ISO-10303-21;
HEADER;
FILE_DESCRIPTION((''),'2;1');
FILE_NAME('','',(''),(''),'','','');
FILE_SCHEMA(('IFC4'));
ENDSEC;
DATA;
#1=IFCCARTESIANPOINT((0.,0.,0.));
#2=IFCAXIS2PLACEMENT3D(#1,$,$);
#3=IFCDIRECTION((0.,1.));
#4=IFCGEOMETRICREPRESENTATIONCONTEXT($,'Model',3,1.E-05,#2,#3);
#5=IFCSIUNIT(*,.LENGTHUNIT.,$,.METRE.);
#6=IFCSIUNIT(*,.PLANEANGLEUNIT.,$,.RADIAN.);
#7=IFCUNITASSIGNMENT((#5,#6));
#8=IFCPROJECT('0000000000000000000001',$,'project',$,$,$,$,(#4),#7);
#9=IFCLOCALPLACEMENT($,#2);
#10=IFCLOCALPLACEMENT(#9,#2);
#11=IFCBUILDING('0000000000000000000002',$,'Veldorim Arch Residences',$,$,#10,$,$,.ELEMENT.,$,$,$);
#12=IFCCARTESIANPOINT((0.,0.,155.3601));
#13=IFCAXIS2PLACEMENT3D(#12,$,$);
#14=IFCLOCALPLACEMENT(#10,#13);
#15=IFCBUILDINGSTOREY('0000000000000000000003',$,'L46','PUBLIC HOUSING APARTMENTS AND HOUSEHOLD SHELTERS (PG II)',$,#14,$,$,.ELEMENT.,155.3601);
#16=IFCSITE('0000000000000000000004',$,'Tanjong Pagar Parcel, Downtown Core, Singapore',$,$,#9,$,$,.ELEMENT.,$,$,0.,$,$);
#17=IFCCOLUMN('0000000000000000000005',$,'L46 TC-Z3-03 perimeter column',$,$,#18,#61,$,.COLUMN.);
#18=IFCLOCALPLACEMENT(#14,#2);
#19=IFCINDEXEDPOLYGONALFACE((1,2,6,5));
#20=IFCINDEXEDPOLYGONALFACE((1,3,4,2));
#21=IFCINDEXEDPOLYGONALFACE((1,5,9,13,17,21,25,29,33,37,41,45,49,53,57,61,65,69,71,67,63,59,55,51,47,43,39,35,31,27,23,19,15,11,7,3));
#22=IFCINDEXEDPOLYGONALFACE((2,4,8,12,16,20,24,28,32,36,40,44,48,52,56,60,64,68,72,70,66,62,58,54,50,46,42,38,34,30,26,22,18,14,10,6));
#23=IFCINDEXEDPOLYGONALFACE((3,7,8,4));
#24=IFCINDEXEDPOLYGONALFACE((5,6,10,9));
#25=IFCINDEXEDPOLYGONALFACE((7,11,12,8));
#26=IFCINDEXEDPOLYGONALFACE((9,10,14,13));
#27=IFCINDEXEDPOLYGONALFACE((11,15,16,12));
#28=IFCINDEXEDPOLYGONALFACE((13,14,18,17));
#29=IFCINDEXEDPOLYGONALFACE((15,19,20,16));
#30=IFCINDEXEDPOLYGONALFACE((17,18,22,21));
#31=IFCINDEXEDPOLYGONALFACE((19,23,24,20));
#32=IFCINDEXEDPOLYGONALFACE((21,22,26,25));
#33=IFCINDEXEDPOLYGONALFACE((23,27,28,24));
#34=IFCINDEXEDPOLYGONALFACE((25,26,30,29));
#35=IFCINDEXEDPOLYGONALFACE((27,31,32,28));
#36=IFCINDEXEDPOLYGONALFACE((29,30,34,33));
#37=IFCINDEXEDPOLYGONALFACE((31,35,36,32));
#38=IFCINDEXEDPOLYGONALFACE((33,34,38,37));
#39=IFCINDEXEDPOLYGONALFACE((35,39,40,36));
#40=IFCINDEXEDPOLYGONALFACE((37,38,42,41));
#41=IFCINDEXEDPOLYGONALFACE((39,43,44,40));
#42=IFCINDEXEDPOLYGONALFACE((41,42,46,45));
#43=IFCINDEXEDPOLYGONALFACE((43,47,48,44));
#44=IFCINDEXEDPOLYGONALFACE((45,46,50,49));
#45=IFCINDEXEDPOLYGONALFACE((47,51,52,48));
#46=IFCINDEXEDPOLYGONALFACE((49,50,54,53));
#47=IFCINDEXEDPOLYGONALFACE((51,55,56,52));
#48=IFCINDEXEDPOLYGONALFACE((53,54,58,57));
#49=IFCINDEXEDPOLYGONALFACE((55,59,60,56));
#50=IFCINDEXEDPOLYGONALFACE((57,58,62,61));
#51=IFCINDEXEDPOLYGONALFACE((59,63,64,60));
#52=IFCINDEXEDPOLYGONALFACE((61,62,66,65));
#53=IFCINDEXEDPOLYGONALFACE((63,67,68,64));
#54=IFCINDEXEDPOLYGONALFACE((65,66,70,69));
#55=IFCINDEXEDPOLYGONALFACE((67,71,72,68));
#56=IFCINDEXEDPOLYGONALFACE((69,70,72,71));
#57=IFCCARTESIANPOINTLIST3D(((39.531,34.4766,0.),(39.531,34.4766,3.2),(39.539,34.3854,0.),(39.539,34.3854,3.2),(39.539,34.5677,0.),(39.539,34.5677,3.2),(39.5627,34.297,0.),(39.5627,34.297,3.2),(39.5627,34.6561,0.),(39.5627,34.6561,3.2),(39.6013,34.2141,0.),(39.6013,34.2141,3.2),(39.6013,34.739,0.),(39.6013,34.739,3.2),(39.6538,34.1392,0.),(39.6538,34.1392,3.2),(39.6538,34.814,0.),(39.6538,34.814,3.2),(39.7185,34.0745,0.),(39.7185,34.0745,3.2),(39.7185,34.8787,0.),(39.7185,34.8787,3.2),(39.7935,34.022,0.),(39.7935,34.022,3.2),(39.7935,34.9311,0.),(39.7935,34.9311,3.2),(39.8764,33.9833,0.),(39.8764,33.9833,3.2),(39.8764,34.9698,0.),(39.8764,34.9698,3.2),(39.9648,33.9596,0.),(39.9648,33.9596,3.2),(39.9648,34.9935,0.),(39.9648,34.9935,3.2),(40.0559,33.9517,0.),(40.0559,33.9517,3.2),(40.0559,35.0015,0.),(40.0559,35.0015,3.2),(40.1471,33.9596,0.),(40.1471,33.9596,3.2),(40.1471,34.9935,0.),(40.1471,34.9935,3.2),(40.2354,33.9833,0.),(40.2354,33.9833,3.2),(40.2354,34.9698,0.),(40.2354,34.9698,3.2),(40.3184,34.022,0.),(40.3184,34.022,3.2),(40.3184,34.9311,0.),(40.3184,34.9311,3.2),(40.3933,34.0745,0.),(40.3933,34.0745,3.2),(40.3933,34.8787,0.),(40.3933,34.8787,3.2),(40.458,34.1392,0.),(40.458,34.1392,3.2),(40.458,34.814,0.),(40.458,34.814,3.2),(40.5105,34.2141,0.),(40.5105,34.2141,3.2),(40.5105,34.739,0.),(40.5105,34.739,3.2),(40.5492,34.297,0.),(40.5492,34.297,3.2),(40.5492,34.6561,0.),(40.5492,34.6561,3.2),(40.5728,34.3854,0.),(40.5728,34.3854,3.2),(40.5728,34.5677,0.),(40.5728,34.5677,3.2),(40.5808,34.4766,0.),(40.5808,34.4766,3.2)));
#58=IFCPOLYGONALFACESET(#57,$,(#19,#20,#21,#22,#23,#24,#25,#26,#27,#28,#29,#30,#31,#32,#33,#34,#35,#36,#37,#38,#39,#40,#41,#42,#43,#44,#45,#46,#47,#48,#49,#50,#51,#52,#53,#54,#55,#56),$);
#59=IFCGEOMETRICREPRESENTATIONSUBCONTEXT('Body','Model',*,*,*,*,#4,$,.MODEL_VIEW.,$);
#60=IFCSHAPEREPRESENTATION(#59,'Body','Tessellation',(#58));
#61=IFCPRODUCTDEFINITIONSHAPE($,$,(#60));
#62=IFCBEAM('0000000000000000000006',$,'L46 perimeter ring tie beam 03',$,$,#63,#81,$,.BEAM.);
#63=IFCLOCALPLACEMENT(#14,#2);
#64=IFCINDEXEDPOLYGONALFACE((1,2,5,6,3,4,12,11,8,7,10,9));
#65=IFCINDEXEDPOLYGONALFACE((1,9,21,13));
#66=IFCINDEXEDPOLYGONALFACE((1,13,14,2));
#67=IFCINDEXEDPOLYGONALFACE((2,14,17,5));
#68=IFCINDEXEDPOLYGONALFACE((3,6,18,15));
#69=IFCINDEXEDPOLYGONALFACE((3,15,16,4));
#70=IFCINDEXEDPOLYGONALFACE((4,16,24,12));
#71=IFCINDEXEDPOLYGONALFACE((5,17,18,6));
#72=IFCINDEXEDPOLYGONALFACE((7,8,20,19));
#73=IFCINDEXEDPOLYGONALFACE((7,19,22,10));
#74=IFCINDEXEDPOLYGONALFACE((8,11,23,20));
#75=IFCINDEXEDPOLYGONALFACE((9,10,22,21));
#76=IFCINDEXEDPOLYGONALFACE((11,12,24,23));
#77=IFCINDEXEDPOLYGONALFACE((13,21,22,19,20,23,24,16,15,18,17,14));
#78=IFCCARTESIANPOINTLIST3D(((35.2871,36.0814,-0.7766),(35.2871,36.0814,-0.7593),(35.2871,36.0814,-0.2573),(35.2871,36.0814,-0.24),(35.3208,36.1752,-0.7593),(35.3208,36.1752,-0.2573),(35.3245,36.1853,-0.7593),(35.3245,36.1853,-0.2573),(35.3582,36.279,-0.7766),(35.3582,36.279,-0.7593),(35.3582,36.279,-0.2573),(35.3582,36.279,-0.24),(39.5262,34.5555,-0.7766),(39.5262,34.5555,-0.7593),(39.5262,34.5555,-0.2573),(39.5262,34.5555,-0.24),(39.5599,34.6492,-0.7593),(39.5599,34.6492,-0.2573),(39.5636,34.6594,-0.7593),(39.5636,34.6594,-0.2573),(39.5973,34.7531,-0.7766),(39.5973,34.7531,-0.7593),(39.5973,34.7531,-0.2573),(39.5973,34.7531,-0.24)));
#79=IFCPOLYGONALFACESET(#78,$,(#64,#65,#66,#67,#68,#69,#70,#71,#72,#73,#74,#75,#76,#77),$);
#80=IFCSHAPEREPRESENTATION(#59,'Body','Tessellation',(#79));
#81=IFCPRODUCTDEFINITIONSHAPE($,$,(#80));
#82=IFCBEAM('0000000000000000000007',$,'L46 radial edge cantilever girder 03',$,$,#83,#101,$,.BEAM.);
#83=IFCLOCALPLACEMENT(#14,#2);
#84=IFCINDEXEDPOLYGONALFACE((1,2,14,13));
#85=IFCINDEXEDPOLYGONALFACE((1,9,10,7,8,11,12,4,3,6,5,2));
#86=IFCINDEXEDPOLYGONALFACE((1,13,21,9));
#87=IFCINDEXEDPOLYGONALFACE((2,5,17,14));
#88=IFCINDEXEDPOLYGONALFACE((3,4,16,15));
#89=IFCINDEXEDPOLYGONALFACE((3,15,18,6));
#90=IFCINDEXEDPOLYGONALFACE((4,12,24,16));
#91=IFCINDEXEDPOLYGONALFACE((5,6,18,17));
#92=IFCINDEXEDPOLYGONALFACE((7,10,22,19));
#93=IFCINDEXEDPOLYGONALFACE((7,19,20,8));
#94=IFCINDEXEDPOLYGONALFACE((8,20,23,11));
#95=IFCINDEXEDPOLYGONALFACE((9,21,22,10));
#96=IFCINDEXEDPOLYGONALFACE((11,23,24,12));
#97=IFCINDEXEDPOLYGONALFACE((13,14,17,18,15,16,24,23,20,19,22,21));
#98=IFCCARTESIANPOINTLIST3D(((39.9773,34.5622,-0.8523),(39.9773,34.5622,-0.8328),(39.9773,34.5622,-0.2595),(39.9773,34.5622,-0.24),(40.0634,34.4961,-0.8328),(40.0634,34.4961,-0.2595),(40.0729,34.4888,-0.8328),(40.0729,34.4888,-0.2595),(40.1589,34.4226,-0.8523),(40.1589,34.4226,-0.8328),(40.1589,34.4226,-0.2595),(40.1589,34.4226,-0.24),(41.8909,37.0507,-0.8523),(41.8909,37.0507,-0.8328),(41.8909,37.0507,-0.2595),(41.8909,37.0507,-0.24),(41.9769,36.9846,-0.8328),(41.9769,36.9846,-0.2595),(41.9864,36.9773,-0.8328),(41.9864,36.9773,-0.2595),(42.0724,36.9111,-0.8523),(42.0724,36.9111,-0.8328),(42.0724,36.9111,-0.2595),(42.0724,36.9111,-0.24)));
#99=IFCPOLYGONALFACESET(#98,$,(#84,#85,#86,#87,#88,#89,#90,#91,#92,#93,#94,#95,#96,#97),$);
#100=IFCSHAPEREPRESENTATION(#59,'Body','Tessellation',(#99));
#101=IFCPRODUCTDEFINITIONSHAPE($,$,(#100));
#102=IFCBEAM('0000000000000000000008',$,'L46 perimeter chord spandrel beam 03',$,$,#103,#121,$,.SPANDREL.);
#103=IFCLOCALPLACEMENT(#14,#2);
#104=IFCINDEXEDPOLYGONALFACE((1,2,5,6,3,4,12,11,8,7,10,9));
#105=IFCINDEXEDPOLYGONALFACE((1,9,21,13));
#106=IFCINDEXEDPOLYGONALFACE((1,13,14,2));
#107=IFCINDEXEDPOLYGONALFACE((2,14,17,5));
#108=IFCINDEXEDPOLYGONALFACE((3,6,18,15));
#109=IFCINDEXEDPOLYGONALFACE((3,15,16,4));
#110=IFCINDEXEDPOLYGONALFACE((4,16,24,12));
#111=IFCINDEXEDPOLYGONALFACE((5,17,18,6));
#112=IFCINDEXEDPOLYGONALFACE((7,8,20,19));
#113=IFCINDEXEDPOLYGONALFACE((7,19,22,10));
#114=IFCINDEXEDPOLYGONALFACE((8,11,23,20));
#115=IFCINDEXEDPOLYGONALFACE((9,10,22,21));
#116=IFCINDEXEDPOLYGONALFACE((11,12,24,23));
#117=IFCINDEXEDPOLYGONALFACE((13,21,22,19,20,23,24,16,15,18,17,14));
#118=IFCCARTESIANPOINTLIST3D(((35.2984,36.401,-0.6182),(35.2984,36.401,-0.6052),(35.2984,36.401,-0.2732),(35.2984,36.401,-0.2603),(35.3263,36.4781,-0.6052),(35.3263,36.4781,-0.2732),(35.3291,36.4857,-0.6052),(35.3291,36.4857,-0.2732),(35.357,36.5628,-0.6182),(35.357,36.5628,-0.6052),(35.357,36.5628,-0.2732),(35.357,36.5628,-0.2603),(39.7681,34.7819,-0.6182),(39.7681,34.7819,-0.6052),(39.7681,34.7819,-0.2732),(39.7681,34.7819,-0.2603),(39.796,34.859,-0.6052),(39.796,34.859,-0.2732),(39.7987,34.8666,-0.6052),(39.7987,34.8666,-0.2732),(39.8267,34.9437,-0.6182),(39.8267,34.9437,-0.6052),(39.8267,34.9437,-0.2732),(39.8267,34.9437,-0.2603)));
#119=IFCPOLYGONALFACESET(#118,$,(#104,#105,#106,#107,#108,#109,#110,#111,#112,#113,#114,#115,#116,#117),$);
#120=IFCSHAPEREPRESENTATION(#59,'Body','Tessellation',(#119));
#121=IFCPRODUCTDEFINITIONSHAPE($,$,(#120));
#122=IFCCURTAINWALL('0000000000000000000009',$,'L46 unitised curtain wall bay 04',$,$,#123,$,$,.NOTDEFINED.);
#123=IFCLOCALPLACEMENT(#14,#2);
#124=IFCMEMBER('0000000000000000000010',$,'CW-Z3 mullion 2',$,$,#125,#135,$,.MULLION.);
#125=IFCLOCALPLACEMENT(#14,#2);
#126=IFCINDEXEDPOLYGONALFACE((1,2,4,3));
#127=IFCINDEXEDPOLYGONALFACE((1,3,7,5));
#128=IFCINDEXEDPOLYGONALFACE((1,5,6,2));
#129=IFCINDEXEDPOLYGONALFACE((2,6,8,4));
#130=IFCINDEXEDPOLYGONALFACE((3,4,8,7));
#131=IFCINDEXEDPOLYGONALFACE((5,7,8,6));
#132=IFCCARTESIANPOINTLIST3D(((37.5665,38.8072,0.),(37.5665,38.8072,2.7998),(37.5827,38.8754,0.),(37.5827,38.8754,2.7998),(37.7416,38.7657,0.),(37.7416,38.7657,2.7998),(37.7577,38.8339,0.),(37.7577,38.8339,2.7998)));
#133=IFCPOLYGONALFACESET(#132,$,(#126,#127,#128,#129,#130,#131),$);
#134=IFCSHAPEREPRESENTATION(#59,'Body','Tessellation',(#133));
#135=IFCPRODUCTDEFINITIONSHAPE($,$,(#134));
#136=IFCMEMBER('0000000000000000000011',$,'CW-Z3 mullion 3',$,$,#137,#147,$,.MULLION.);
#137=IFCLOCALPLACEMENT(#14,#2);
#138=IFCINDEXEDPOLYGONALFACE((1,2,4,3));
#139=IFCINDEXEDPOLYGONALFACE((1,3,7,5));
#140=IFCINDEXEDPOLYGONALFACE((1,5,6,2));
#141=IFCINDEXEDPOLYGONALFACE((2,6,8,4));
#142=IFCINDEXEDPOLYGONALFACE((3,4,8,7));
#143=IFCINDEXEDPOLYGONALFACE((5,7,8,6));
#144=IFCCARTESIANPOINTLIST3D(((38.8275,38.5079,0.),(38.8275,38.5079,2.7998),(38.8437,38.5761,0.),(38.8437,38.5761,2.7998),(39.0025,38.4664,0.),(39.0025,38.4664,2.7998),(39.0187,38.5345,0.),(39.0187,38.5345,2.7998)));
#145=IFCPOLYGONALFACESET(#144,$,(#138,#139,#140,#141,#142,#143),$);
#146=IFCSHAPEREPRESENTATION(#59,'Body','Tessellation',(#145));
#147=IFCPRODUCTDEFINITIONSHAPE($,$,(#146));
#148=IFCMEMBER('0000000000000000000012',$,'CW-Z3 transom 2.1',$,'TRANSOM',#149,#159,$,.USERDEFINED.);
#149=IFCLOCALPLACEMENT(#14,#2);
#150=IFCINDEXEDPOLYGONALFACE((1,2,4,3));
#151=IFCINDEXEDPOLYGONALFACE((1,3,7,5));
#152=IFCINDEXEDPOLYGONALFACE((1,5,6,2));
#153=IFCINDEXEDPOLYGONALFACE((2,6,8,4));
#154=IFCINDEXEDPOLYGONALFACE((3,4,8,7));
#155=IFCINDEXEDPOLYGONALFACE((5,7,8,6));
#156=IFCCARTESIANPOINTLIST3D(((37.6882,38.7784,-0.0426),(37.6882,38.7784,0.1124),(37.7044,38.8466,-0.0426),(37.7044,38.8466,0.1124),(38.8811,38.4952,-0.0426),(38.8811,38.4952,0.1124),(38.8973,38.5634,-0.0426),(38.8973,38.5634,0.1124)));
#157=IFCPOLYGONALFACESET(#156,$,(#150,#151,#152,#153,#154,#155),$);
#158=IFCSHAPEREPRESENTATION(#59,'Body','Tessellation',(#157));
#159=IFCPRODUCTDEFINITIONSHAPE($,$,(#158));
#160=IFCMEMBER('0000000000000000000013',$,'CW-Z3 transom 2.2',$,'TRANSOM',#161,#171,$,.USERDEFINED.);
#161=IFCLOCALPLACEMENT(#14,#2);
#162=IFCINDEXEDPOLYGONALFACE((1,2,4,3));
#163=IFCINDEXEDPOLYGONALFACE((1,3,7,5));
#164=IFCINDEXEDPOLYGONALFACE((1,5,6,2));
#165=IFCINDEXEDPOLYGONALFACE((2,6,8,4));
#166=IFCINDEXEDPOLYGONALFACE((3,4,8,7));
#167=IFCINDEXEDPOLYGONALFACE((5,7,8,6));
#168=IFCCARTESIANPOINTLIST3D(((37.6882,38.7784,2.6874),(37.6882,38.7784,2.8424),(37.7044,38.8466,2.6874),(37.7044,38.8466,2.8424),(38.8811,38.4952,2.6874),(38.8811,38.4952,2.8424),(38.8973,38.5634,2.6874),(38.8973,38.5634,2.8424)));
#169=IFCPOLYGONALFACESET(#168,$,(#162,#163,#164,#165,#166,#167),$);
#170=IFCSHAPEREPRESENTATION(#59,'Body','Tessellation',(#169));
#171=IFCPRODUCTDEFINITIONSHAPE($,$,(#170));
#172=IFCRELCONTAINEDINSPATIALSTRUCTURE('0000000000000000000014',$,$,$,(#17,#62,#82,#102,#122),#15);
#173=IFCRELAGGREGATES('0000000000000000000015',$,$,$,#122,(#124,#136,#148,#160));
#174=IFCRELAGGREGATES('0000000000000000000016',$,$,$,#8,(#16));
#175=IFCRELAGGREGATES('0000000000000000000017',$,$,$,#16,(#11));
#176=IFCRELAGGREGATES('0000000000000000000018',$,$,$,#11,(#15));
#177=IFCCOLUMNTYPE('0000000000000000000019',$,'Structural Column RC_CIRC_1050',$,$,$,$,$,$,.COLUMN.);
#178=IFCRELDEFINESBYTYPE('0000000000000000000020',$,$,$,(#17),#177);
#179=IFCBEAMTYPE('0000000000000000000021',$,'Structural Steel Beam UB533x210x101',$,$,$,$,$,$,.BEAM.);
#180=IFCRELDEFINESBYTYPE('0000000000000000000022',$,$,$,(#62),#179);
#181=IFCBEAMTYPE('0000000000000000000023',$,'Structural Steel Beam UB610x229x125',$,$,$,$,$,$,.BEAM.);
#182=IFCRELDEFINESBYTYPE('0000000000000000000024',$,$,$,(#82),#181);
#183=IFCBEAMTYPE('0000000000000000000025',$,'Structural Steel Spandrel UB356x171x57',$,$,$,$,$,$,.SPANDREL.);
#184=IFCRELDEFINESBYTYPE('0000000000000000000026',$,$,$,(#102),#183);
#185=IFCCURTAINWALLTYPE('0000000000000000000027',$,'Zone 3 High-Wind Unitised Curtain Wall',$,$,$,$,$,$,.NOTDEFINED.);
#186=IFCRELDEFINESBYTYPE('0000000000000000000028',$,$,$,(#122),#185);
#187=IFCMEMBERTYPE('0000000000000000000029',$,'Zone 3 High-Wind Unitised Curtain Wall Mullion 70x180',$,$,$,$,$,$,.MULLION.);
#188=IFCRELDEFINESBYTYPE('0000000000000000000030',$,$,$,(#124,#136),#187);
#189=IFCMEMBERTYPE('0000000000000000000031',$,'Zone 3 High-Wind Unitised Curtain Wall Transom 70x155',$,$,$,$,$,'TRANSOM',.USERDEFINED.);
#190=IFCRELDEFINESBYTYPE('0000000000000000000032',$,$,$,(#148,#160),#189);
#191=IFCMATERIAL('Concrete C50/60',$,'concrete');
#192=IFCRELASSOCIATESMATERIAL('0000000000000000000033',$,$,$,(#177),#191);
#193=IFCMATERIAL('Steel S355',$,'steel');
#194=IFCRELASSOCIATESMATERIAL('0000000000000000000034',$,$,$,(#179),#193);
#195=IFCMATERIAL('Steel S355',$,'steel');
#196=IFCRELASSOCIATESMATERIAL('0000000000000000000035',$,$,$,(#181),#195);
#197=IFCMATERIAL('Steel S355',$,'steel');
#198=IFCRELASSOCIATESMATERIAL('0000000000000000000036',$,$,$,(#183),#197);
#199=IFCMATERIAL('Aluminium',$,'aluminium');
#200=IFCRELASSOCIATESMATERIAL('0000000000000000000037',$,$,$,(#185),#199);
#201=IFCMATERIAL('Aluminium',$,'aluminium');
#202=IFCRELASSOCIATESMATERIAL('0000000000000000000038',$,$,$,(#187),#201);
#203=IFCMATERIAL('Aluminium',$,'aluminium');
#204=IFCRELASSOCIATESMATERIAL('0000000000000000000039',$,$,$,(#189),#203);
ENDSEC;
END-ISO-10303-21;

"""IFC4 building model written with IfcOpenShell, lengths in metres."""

from ifc_helpers import new_model, si_unit, direction, frame, origin, origin_2d, place, context, subcontext, project, spatial, rectangle, circle, i_section, extrude, material, material_profile, profile_set, type_object, element, aggregate, save


model = new_model("IFC4")

# Units and contexts
model_context = context("Model", 3, precision=1e-05, world=origin(), true_north=direction((0.0, 1.0)))
body_context = subcontext(model_context, "Body", "Model", "MODEL_VIEW")
ifc_project = project(units=[si_unit("LENGTHUNIT", "METRE"), si_unit("PLANEANGLEUNIT", "RADIAN")], contexts=[model_context])

# Site, building, storey
site_placement = place(None, origin())
site = spatial("IfcSite", under=ifc_project, at=site_placement, Name="Tanjong Pagar Parcel, Downtown Core, Singapore", CompositionType="ELEMENT", RefElevation=0.0)
building_placement = place(site_placement, origin())
building = spatial("IfcBuilding", under=site, at=building_placement, Name="Veldorim Arch Residences", CompositionType="ELEMENT")
storey_placement = place(building_placement, frame((0.0, 0.0, 155.3601)))
storey = spatial("IfcBuildingStorey", under=building, at=storey_placement, Name="L46", Description="PUBLIC HOUSING APARTMENTS AND HOUSEHOLD SHELTERS (PG II)", CompositionType="ELEMENT", Elevation=155.3601)

# Column
ifc_material_1 = material(Name="Concrete C50/60", Category="concrete")
ifc_material_profile_1 = material_profile(ifc_material_1, circle(Radius=0.5249, at=origin_2d()), Name="RC_CIRC_1050")
ifc_profile_set_1 = profile_set([ifc_material_profile_1], Name="Concrete C50/60")
column_type = type_object("IfcColumnType", Name="Structural Column RC_CIRC_1050", PredefinedType="COLUMN", material=ifc_profile_set_1)
column_placement = place(storey_placement, frame((40.0559, 34.4766, 0.0), z_axis=(0.0, 0.0, 1.0), x_axis=(1.0, 0.0, 0.0)))
element("IfcColumn", 1, at=column_placement, inside=storey, type_object=column_type, Name="L46 TC-Z3-03 perimeter column", PredefinedType="COLUMN", context=body_context, shape_type="SweptSolid", body=[
    extrude(circle(Radius=0.5249, at=origin_2d()), origin(), (0.0, 0.0, 1.0), 3.2),
])

# Beams
ifc_material_2 = material(Name="Steel S355", Category="steel")
ifc_material_profile_2 = material_profile(ifc_material_2, i_section(OverallWidth=0.21, OverallDepth=0.5366, WebThickness=0.0107, FlangeThickness=0.0173, at=origin_2d()), Name="UB533x210x101")
ifc_profile_set_2 = profile_set([ifc_material_profile_2], Name="Steel S355")
beam_type_1 = type_object("IfcBeamType", Name="Structural Steel Beam UB533x210x101", PredefinedType="BEAM", material=ifc_profile_set_2)
beam_1_placement = place(storey_placement, frame((39.5618, 34.6543, -0.5083), z_axis=(-0.940899, 0.338687, 0.0), x_axis=(-0.338687, -0.940899, 0.0)))
element("IfcBeam", 2, at=beam_1_placement, inside=storey, type_object=beam_type_1, Name="L46 perimeter ring tie beam 03", PredefinedType="BEAM", context=body_context, shape_type="SweptSolid", body=[
    extrude(i_section(OverallWidth=0.21, OverallDepth=0.5366, WebThickness=0.0107, FlangeThickness=0.0173, at=origin_2d()), origin(), (0.0, 0.0, 1.0), 4.5054),
])
ifc_material_3 = material(Name="Steel S355", Category="steel")
ifc_material_profile_3 = material_profile(ifc_material_3, i_section(OverallWidth=0.229, OverallDepth=0.6123, WebThickness=0.012, FlangeThickness=0.0195, at=origin_2d()), Name="UB610x229x125")
ifc_profile_set_3 = profile_set([ifc_material_profile_3], Name="Steel S355")
beam_type_2 = type_object("IfcBeamType", Name="Structural Steel Beam UB610x229x125", PredefinedType="BEAM", material=ifc_profile_set_3)
beam_2_placement = place(storey_placement, frame((40.0681, 34.4924, -0.5461), z_axis=(0.609575, 0.792728, 0.0), x_axis=(-0.792728, 0.609575, 0.0)))
element("IfcBeam", 3, at=beam_2_placement, inside=storey, type_object=beam_type_2, Name="L46 radial edge cantilever girder 03", PredefinedType="BEAM", context=body_context, shape_type="SweptSolid", body=[
    extrude(i_section(OverallWidth=0.229, OverallDepth=0.6123, WebThickness=0.012, FlangeThickness=0.0195, at=origin_2d()), origin(), (0.0, 0.0, 1.0), 3.1392),
])
ifc_material_4 = material(Name="Steel S355", Category="steel")
ifc_material_profile_4 = material_profile(ifc_material_4, i_section(OverallWidth=0.1721, OverallDepth=0.3579, WebThickness=0.0081, FlangeThickness=0.0129, at=origin_2d()), Name="UB356x171x57")
ifc_profile_set_4 = profile_set([ifc_material_profile_4], Name="Steel S355")
beam_type_3 = type_object("IfcBeamType", Name="Structural Steel Spandrel UB356x171x57", PredefinedType="SPANDREL", material=ifc_profile_set_4)
beam_3_placement = place(storey_placement, frame((39.7974, 34.8628, -0.4392), z_axis=(-0.940213, 0.340588, 0.0), x_axis=(-0.340588, -0.940213, 0.0)))
element("IfcBeam", 4, at=beam_3_placement, inside=storey, type_object=beam_type_3, Name="L46 perimeter chord spandrel beam 03", PredefinedType="SPANDREL", context=body_context, shape_type="SweptSolid", body=[
    extrude(i_section(OverallWidth=0.1721, OverallDepth=0.3579, WebThickness=0.0081, FlangeThickness=0.0129, at=origin_2d()), origin(), (0.0, 0.0, 1.0), 4.7539),
])

# Curtain wall, members
ifc_material_5 = material(Name="Aluminium", Category="aluminium")
curtain_wall_type = type_object("IfcCurtainWallType", Name="Zone 3 High-Wind Unitised Curtain Wall", PredefinedType="NOTDEFINED", material=ifc_material_5)
curtain_wall_placement = place(storey_placement, origin())
curtain_wall = element("IfcCurtainWall", 5, at=curtain_wall_placement, inside=storey, type_object=curtain_wall_type, Name="L46 unitised curtain wall bay 04", PredefinedType="NOTDEFINED")
ifc_material_6 = material(Name="Aluminium", Category="aluminium")
ifc_material_profile_5 = material_profile(ifc_material_6, rectangle(XDim=0.0701, YDim=0.1799, at=origin_2d()), Name="ALU_MUL_70x180")
ifc_profile_set_5 = profile_set([ifc_material_profile_5], Name="Aluminium")
member_type_1 = type_object("IfcMemberType", Name="Zone 3 High-Wind Unitised Curtain Wall Mullion 70x180", PredefinedType="MULLION", material=ifc_profile_set_5)
member_1_placement = place(storey_placement, frame((37.6621, 38.8206, 0.0), z_axis=(0.0, 0.0, 1.0), x_axis=(0.230957, 0.972964, 0.0)))
member_1 = element("IfcMember", 6, at=member_1_placement, type_object=member_type_1, Name="CW-Z3 mullion 2", PredefinedType="MULLION", context=body_context, shape_type="SweptSolid", body=[
    extrude(rectangle(XDim=0.0701, YDim=0.1799, at=origin_2d()), origin(), (0.0, 0.0, 1.0), 2.7998),
])
member_2_placement = place(storey_placement, frame((38.9231, 38.5212, 0.0), z_axis=(0.0, 0.0, 1.0), x_axis=(0.230957, 0.972964, 0.0)))
member_2 = element("IfcMember", 7, at=member_2_placement, type_object=member_type_1, Name="CW-Z3 mullion 3", PredefinedType="MULLION", context=body_context, shape_type="SweptSolid", body=[
    extrude(rectangle(XDim=0.0701, YDim=0.1799, at=origin_2d()), origin(), (0.0, 0.0, 1.0), 2.7998),
])
ifc_material_7 = material(Name="Aluminium", Category="aluminium")
ifc_material_profile_6 = material_profile(ifc_material_7, rectangle(XDim=0.0701, YDim=0.155, at=origin_2d()), Name="ALU_TRN_70x155")
ifc_profile_set_6 = profile_set([ifc_material_profile_6], Name="Aluminium")
member_type_2 = type_object("IfcMemberType", Name="Zone 3 High-Wind Unitised Curtain Wall Transom 70x155", ElementType="TRANSOM", PredefinedType="USERDEFINED", material=ifc_profile_set_6)
member_3_placement = place(storey_placement, frame((37.6963, 38.8125, 0.0349), z_axis=(0.972956, -0.230992, 0.0), x_axis=(0.230992, 0.972956, 0.0)))
member_3 = element("IfcMember", 8, at=member_3_placement, type_object=member_type_2, Name="CW-Z3 transom 2.1", ObjectType="TRANSOM", PredefinedType="USERDEFINED", context=body_context, shape_type="SweptSolid", body=[
    extrude(rectangle(XDim=0.0701, YDim=0.155, at=origin_2d()), origin(), (0.0, 0.0, 1.0), 1.2261),
])
member_4_placement = place(storey_placement, frame((37.6963, 38.8125, 2.7649), z_axis=(0.972956, -0.230992, 0.0), x_axis=(0.230992, 0.972956, 0.0)))
member_4 = element("IfcMember", 9, at=member_4_placement, type_object=member_type_2, Name="CW-Z3 transom 2.2", ObjectType="TRANSOM", PredefinedType="USERDEFINED", context=body_context, shape_type="SweptSolid", body=[
    extrude(rectangle(XDim=0.0701, YDim=0.155, at=origin_2d()), origin(), (0.0, 0.0, 1.0), 1.2261),
])
aggregate(curtain_wall, [member_1, member_2, member_3, member_4])

save(model, "model.ifc")
